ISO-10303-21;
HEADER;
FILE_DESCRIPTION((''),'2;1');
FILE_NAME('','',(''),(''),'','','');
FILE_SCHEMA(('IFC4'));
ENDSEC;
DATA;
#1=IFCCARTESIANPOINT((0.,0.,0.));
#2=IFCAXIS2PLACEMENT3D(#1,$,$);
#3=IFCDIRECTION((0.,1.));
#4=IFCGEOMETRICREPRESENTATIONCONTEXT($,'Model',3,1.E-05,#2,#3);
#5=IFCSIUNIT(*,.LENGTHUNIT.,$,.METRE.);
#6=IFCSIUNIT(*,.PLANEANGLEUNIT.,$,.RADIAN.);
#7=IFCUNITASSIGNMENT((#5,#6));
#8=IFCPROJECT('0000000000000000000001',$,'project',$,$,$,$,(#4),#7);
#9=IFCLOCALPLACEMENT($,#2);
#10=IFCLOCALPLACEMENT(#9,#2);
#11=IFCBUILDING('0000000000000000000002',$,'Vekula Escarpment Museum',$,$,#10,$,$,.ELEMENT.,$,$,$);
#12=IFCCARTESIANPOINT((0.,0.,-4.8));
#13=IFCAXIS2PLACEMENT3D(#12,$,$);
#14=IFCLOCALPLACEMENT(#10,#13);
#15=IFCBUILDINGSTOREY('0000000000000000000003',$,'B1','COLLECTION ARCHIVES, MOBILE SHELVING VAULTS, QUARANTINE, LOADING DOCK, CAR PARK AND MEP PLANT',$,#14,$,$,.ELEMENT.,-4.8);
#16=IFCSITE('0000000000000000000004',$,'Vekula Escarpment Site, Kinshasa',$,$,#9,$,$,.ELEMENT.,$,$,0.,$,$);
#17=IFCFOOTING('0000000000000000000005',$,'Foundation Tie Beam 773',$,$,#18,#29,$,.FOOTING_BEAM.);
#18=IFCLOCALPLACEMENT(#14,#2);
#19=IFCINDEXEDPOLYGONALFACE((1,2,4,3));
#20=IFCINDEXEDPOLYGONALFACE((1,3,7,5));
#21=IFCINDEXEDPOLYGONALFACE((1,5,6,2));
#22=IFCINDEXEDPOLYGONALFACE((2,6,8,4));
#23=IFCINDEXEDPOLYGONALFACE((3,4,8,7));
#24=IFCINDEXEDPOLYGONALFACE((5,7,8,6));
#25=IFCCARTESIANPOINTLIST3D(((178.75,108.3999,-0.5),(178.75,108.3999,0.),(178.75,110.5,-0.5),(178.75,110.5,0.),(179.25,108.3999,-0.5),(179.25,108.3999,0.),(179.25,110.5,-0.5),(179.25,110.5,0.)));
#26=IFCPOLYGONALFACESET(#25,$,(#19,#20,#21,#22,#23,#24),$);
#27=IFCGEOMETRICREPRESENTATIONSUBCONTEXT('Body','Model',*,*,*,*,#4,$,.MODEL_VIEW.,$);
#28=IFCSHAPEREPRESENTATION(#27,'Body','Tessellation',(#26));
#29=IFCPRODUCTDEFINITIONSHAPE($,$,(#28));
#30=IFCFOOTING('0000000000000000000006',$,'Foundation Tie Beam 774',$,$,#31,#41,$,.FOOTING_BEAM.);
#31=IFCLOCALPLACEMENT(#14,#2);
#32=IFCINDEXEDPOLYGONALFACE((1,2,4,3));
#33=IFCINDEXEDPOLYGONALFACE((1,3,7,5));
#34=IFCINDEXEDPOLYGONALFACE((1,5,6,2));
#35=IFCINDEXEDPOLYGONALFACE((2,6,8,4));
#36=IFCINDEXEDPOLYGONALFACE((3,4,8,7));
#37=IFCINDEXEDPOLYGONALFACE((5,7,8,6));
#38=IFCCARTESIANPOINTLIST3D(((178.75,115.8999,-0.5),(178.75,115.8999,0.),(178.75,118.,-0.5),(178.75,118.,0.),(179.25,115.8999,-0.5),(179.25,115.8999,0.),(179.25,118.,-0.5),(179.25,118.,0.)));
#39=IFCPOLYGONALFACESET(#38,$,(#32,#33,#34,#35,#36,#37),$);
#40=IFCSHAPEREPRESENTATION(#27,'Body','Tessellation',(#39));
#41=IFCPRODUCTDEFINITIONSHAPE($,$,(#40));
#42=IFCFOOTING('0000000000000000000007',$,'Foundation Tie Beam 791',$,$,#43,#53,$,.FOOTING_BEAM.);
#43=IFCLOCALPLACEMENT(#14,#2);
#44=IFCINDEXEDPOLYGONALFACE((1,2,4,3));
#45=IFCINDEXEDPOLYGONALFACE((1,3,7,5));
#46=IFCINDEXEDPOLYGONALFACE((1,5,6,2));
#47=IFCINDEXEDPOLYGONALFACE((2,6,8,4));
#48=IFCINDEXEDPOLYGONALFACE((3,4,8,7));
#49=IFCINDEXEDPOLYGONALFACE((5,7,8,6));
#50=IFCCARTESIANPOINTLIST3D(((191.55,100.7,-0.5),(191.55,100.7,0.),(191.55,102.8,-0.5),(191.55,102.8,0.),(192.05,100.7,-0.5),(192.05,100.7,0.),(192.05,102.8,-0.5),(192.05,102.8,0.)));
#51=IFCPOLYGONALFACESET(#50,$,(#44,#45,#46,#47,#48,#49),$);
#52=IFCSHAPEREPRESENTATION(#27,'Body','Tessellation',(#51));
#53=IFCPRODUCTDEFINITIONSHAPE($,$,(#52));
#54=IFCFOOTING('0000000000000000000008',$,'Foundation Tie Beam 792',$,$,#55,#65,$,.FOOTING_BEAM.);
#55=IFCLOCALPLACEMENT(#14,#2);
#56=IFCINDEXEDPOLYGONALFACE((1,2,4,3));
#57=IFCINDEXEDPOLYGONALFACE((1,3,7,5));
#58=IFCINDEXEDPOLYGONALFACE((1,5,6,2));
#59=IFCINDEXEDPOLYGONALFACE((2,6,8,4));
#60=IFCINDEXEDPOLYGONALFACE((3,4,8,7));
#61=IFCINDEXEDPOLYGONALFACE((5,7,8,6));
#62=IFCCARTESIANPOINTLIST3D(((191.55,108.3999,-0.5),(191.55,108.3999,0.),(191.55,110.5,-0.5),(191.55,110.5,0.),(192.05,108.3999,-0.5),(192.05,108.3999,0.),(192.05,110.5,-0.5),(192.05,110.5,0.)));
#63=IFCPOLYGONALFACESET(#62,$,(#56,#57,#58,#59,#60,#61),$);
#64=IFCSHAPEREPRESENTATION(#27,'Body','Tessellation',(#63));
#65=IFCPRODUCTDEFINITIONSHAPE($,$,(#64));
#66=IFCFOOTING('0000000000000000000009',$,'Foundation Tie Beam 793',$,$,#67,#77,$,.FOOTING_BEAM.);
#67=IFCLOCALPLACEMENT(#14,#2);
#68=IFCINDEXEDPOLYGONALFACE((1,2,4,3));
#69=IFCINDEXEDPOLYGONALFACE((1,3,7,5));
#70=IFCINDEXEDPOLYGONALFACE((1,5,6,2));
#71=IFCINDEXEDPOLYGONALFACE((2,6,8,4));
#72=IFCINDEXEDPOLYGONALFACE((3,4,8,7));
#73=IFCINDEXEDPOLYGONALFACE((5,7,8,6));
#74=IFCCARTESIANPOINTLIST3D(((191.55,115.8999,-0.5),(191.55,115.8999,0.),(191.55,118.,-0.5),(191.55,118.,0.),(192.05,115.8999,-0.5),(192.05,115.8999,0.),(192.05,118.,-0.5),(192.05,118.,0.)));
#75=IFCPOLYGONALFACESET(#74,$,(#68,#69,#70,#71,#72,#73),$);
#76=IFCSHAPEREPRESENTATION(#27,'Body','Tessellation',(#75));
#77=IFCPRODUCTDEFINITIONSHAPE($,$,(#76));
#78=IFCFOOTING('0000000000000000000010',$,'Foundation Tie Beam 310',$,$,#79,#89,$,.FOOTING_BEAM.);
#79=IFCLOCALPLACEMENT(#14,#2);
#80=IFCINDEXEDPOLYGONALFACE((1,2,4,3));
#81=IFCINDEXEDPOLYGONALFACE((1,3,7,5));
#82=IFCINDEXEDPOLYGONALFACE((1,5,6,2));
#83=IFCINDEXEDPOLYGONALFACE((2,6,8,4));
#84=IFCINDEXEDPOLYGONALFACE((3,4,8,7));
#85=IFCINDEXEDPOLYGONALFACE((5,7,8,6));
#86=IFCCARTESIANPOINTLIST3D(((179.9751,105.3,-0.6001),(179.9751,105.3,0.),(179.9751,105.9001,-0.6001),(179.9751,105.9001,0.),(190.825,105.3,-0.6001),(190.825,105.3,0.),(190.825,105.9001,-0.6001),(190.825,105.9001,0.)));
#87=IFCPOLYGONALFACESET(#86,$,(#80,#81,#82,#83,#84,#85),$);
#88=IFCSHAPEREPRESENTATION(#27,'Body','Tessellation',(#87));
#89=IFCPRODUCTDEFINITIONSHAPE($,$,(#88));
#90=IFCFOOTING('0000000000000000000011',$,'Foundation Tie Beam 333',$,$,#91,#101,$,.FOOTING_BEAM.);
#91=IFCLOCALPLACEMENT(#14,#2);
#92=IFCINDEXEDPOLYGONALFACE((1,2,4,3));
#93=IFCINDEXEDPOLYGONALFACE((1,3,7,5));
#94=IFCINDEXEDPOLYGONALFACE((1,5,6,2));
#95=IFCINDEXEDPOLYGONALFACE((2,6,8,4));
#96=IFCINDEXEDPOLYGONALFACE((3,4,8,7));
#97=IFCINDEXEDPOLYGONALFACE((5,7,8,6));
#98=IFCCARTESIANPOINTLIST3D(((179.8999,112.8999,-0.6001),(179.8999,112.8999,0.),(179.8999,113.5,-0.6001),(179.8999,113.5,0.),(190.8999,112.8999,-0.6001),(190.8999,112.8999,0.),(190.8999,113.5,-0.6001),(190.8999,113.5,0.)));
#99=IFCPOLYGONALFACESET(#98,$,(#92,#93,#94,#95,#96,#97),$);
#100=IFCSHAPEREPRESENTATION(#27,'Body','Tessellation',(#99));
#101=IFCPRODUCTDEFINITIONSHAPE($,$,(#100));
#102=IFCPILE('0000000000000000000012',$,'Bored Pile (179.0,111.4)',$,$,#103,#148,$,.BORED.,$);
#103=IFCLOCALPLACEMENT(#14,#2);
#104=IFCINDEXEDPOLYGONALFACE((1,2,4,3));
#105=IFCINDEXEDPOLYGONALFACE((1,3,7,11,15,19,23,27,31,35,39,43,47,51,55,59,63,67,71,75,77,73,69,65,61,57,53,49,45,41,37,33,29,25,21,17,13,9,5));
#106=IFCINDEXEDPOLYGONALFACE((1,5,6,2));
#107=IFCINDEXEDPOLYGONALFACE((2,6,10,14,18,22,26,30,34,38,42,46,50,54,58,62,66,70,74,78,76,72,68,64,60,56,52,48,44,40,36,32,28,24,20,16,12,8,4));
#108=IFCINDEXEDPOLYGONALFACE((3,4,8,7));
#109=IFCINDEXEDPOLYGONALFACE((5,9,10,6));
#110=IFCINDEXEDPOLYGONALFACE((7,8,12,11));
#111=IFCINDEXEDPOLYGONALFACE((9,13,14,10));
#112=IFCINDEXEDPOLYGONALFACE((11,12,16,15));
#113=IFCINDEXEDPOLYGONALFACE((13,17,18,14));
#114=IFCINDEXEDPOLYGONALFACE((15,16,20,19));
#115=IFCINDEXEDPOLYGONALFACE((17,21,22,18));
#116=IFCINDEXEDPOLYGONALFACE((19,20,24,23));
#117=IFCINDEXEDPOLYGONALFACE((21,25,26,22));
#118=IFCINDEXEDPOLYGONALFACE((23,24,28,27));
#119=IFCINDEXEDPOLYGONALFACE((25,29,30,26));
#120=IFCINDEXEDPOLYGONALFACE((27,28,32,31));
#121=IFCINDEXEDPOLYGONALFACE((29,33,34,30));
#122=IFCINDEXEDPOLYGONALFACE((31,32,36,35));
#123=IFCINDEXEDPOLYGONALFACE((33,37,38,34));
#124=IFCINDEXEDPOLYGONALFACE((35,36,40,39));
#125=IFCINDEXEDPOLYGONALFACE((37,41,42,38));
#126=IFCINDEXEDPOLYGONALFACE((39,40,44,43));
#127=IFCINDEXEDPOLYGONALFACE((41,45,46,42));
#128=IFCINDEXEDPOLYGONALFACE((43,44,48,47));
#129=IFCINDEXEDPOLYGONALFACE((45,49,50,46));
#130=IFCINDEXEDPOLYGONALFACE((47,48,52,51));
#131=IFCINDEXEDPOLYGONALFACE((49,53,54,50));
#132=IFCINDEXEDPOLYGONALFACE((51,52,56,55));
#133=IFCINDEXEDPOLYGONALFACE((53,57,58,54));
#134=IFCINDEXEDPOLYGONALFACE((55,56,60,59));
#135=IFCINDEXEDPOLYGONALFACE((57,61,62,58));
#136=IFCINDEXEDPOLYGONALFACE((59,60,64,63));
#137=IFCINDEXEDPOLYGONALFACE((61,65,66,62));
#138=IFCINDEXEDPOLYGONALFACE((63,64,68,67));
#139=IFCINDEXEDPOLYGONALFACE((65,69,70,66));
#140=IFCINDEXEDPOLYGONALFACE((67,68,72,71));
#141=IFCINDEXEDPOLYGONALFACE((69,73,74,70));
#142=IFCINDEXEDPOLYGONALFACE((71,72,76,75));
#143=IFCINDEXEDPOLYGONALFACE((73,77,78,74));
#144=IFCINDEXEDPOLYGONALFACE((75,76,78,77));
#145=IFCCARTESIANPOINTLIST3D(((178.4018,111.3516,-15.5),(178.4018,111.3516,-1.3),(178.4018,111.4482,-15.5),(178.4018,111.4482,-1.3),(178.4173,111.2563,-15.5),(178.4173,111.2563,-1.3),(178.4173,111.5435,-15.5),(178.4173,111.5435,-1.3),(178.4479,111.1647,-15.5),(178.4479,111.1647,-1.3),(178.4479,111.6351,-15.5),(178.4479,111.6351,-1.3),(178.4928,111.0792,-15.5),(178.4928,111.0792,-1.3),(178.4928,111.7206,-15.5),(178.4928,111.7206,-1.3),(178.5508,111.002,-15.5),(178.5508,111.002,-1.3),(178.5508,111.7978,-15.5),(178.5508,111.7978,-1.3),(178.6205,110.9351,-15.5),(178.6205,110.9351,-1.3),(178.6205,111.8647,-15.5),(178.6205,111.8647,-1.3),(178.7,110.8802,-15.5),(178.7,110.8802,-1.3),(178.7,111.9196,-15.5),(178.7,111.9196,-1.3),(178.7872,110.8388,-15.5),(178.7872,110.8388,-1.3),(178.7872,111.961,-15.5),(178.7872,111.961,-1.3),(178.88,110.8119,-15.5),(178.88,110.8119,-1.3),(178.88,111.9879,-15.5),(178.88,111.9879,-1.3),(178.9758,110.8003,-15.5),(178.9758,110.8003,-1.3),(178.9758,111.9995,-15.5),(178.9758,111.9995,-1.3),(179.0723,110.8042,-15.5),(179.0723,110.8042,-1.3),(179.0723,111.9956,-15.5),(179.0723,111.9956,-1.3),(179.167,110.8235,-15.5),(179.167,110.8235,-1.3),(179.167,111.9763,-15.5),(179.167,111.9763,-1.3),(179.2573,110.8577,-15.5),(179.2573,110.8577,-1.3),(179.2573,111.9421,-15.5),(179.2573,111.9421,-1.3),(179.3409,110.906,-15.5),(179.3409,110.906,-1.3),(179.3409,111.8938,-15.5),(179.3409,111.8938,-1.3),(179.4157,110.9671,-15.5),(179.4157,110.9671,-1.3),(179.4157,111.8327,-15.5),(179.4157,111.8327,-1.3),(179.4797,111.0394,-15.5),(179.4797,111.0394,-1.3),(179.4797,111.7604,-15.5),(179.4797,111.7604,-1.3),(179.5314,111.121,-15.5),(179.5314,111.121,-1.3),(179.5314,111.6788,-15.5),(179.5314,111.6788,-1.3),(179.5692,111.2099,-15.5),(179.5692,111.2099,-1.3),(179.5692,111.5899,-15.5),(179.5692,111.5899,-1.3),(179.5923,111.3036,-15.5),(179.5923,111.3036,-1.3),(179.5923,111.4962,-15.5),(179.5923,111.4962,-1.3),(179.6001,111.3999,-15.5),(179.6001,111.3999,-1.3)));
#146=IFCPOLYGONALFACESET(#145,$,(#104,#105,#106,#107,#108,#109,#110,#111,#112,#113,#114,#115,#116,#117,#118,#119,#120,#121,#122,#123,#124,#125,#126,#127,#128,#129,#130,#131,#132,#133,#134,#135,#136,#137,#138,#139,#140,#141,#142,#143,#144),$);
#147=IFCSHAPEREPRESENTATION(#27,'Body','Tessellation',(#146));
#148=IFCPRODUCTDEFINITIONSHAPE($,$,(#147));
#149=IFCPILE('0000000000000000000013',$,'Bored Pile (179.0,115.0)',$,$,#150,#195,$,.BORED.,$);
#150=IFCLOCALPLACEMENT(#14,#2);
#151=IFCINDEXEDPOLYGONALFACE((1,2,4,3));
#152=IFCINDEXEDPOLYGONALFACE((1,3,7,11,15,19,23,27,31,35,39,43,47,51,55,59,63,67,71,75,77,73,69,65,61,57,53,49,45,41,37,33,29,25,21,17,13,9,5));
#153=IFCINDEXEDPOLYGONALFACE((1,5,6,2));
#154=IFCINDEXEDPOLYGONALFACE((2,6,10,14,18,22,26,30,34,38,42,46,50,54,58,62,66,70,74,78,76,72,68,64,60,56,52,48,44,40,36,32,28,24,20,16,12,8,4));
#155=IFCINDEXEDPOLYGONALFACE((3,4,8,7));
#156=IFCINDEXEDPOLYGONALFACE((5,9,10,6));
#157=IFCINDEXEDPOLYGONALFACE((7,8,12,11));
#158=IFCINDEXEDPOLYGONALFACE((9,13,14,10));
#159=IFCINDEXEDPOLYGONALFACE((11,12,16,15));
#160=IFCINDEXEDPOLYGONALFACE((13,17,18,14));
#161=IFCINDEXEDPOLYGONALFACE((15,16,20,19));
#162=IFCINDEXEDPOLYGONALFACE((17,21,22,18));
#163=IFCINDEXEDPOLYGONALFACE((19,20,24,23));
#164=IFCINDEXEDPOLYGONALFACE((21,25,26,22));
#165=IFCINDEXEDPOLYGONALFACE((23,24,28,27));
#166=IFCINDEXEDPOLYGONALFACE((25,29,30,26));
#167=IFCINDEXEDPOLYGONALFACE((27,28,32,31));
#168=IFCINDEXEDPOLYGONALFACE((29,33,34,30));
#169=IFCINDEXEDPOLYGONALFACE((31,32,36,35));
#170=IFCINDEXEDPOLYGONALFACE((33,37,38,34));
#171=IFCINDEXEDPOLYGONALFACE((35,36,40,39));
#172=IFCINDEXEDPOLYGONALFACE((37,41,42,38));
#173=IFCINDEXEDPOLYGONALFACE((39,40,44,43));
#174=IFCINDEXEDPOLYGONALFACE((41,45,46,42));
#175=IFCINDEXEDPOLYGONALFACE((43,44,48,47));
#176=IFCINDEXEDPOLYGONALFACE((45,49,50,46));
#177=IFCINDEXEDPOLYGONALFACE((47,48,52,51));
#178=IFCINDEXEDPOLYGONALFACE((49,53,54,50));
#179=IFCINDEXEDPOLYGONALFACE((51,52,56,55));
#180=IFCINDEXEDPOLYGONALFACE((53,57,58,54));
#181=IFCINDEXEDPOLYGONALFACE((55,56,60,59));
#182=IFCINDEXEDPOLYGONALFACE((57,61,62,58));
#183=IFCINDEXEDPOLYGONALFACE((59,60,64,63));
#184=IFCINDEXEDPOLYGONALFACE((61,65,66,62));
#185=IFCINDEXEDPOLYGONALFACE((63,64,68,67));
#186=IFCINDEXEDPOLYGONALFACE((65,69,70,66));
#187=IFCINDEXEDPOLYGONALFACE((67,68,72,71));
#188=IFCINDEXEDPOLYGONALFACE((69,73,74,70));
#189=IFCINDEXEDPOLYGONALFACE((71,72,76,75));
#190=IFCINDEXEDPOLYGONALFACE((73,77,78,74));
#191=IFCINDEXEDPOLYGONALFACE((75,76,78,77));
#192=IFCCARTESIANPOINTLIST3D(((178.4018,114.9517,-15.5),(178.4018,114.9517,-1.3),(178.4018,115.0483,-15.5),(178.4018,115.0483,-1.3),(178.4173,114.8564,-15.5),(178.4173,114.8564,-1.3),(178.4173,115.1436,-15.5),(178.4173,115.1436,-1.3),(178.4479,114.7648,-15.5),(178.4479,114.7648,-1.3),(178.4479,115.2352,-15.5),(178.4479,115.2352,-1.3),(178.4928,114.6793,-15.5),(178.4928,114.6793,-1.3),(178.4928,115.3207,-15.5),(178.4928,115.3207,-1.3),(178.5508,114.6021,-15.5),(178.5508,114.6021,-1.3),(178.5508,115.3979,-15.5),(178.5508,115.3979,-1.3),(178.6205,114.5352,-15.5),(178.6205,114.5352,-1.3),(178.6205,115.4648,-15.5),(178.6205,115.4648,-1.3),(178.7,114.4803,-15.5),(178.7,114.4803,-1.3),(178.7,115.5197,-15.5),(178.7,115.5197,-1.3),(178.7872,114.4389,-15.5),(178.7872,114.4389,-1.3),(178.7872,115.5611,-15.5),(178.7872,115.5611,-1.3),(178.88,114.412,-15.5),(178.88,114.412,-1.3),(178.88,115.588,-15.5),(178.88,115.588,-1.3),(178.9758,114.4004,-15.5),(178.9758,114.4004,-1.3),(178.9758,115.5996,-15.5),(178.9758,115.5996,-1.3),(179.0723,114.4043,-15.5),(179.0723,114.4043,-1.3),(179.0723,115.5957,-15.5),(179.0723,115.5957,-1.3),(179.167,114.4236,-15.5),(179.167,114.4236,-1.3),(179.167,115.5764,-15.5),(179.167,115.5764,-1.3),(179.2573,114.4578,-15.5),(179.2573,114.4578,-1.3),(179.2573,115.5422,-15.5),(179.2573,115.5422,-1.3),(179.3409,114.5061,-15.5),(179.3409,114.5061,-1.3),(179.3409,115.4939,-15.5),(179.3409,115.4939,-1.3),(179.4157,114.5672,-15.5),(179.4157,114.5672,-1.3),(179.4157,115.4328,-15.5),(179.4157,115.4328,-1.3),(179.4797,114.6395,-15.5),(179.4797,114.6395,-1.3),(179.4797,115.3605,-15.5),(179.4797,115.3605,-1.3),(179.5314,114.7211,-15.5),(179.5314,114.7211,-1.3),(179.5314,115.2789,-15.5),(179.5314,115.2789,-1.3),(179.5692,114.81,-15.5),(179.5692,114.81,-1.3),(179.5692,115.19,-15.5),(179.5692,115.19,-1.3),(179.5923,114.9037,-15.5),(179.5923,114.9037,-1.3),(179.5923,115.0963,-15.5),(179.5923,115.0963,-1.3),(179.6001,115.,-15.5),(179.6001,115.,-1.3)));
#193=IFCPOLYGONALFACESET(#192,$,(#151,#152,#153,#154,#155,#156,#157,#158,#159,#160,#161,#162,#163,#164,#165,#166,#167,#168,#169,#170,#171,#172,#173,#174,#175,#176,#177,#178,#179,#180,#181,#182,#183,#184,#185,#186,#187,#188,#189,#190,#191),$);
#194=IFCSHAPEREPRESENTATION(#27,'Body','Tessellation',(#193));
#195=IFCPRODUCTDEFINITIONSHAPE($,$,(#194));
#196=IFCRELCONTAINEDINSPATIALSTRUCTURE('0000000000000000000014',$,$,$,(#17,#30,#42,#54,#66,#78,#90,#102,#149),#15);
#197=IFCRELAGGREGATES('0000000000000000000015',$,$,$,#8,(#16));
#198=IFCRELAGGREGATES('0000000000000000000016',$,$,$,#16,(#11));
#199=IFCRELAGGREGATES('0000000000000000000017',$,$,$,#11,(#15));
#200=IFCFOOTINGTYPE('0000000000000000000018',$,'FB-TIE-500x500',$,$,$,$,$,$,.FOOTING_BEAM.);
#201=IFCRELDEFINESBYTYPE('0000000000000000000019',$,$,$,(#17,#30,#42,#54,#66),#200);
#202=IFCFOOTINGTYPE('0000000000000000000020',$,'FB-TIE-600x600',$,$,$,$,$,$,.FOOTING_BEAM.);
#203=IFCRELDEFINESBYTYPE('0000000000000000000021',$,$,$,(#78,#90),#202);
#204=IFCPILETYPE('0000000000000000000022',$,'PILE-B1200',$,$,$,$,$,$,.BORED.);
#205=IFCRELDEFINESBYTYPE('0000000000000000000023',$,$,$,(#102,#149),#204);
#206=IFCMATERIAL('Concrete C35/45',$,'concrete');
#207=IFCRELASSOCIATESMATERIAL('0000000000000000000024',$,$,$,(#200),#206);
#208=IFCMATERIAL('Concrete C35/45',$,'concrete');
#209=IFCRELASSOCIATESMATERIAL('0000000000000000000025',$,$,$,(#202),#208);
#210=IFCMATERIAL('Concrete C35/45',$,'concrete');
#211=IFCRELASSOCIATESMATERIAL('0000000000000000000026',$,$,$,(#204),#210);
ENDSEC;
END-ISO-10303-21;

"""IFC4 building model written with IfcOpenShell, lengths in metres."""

from ifc_helpers import new_model, si_unit, direction, frame, origin, origin_2d, place, context, subcontext, project, spatial, rectangle, circle, extrude, material, material_profile, profile_set, type_object, element, save


model = new_model("IFC4")

# Units and contexts
model_context = context("Model", 3, precision=1e-05, world=origin(), true_north=direction((0.0, 1.0)))
body_context = subcontext(model_context, "Body", "Model", "MODEL_VIEW")
ifc_project = project(units=[si_unit("LENGTHUNIT", "METRE"), si_unit("PLANEANGLEUNIT", "RADIAN")], contexts=[model_context])

# Site, building, storey
site_placement = place(None, origin())
site = spatial("IfcSite", under=ifc_project, at=site_placement, Name="Vekula Escarpment Site, Kinshasa", CompositionType="ELEMENT", RefElevation=0.0)
building_placement = place(site_placement, origin())
building = spatial("IfcBuilding", under=site, at=building_placement, Name="Vekula Escarpment Museum", CompositionType="ELEMENT")
storey_placement = place(building_placement, frame((0.0, 0.0, -4.8)))
storey = spatial("IfcBuildingStorey", under=building, at=storey_placement, Name="B1", Description="COLLECTION ARCHIVES, MOBILE SHELVING VAULTS, QUARANTINE, LOADING DOCK, CAR PARK AND MEP PLANT", CompositionType="ELEMENT", Elevation=-4.8)

# Footings
ifc_material_1 = material(Name="Concrete C35/45", Category="concrete")
ifc_material_profile_1 = material_profile(ifc_material_1, rectangle(XDim=0.5, YDim=0.5, at=origin_2d()), Name="RC 500x500")
ifc_profile_set_1 = profile_set([ifc_material_profile_1], Name="Concrete C35/45")
footing_type_1 = type_object("IfcFootingType", Name="FB-TIE-500x500", PredefinedType="FOOTING_BEAM", material=ifc_profile_set_1)
for number, where, z_axis, x_axis, name in (
    (1, (179.0, 108.3999, -0.25), (0.0, 1.0, 0.0), (-1.0, 0.0, 0.0), "Foundation Tie Beam 773"),
    (2, (179.0, 115.8999, -0.25), (0.0, 1.0, 0.0), (-1.0, 0.0, 0.0), "Foundation Tie Beam 774"),
    (3, (191.8, 100.7, -0.25), (0.0, 1.0, 0.0), (-1.0, 0.0, 0.0), "Foundation Tie Beam 791"),
    (4, (191.8, 108.3999, -0.25), (0.0, 1.0, 0.0), (-1.0, 0.0, 0.0), "Foundation Tie Beam 792"),
    (5, (191.8, 115.8999, -0.25), (0.0, 1.0, 0.0), (-1.0, 0.0, 0.0), "Foundation Tie Beam 793"),
):
    element("IfcFooting", number, at=place(storey_placement, frame(where, z_axis=z_axis, x_axis=x_axis)), inside=storey, type_object=footing_type_1, Name=name, PredefinedType="FOOTING_BEAM", context=body_context, shape_type="SweptSolid", body=[
        extrude(rectangle(XDim=0.5, YDim=0.5, at=origin_2d()), origin(), (0.0, 0.0, 1.0), 2.1001),
    ])
ifc_material_2 = material(Name="Concrete C35/45", Category="concrete")
ifc_material_profile_2 = material_profile(ifc_material_2, rectangle(XDim=0.6001, YDim=0.6001, at=origin_2d()), Name="RC 600x600")
ifc_profile_set_2 = profile_set([ifc_material_profile_2], Name="Concrete C35/45")
footing_type_2 = type_object("IfcFootingType", Name="FB-TIE-600x600", PredefinedType="FOOTING_BEAM", material=ifc_profile_set_2)
footing_1_placement = place(storey_placement, frame((179.9751, 105.6001, -0.3), z_axis=(1.0, 0.0, 0.0), x_axis=(0.0, 1.0, 0.0)))
element("IfcFooting", 6, at=footing_1_placement, inside=storey, type_object=footing_type_2, Name="Foundation Tie Beam 310", PredefinedType="FOOTING_BEAM", context=body_context, shape_type="SweptSolid", body=[
    extrude(rectangle(XDim=0.6001, YDim=0.6001, at=origin_2d()), origin(), (0.0, 0.0, 1.0), 10.8499),
])
footing_2_placement = place(storey_placement, frame((179.8999, 113.2, -0.3), z_axis=(1.0, 0.0, 0.0), x_axis=(0.0, 1.0, 0.0)))
element("IfcFooting", 7, at=footing_2_placement, inside=storey, type_object=footing_type_2, Name="Foundation Tie Beam 333", PredefinedType="FOOTING_BEAM", context=body_context, shape_type="SweptSolid", body=[
    extrude(rectangle(XDim=0.6001, YDim=0.6001, at=origin_2d()), origin(), (0.0, 0.0, 1.0), 11.0),
])

# Piles
ifc_material_3 = material(Name="Concrete C35/45", Category="concrete")
ifc_material_profile_3 = material_profile(ifc_material_3, circle(Radius=0.6001, at=origin_2d()), Name="BORED PILE 1200")
ifc_profile_set_3 = profile_set([ifc_material_profile_3], Name="Concrete C35/45")
pile_type = type_object("IfcPileType", Name="PILE-B1200", PredefinedType="BORED", material=ifc_profile_set_3)
for number, where, z_axis, x_axis, name in (
    (8, (179.0, 111.3999, -1.3), (0.0, 0.0, -1.0), (1.0, 0.0, 0.0), "Bored Pile (179.0,111.4)"),
    (9, (179.0, 115.0, -1.3), (0.0, 0.0, -1.0), (1.0, 0.0, 0.0), "Bored Pile (179.0,115.0)"),
):
    element("IfcPile", number, at=place(storey_placement, frame(where, z_axis=z_axis, x_axis=x_axis)), inside=storey, type_object=pile_type, Name=name, PredefinedType="BORED", context=body_context, shape_type="SweptSolid", body=[
        extrude(circle(Radius=0.6001, at=origin_2d()), origin(), (0.0, 0.0, 1.0), 14.2),
    ])

save(model, "model.ifc")
